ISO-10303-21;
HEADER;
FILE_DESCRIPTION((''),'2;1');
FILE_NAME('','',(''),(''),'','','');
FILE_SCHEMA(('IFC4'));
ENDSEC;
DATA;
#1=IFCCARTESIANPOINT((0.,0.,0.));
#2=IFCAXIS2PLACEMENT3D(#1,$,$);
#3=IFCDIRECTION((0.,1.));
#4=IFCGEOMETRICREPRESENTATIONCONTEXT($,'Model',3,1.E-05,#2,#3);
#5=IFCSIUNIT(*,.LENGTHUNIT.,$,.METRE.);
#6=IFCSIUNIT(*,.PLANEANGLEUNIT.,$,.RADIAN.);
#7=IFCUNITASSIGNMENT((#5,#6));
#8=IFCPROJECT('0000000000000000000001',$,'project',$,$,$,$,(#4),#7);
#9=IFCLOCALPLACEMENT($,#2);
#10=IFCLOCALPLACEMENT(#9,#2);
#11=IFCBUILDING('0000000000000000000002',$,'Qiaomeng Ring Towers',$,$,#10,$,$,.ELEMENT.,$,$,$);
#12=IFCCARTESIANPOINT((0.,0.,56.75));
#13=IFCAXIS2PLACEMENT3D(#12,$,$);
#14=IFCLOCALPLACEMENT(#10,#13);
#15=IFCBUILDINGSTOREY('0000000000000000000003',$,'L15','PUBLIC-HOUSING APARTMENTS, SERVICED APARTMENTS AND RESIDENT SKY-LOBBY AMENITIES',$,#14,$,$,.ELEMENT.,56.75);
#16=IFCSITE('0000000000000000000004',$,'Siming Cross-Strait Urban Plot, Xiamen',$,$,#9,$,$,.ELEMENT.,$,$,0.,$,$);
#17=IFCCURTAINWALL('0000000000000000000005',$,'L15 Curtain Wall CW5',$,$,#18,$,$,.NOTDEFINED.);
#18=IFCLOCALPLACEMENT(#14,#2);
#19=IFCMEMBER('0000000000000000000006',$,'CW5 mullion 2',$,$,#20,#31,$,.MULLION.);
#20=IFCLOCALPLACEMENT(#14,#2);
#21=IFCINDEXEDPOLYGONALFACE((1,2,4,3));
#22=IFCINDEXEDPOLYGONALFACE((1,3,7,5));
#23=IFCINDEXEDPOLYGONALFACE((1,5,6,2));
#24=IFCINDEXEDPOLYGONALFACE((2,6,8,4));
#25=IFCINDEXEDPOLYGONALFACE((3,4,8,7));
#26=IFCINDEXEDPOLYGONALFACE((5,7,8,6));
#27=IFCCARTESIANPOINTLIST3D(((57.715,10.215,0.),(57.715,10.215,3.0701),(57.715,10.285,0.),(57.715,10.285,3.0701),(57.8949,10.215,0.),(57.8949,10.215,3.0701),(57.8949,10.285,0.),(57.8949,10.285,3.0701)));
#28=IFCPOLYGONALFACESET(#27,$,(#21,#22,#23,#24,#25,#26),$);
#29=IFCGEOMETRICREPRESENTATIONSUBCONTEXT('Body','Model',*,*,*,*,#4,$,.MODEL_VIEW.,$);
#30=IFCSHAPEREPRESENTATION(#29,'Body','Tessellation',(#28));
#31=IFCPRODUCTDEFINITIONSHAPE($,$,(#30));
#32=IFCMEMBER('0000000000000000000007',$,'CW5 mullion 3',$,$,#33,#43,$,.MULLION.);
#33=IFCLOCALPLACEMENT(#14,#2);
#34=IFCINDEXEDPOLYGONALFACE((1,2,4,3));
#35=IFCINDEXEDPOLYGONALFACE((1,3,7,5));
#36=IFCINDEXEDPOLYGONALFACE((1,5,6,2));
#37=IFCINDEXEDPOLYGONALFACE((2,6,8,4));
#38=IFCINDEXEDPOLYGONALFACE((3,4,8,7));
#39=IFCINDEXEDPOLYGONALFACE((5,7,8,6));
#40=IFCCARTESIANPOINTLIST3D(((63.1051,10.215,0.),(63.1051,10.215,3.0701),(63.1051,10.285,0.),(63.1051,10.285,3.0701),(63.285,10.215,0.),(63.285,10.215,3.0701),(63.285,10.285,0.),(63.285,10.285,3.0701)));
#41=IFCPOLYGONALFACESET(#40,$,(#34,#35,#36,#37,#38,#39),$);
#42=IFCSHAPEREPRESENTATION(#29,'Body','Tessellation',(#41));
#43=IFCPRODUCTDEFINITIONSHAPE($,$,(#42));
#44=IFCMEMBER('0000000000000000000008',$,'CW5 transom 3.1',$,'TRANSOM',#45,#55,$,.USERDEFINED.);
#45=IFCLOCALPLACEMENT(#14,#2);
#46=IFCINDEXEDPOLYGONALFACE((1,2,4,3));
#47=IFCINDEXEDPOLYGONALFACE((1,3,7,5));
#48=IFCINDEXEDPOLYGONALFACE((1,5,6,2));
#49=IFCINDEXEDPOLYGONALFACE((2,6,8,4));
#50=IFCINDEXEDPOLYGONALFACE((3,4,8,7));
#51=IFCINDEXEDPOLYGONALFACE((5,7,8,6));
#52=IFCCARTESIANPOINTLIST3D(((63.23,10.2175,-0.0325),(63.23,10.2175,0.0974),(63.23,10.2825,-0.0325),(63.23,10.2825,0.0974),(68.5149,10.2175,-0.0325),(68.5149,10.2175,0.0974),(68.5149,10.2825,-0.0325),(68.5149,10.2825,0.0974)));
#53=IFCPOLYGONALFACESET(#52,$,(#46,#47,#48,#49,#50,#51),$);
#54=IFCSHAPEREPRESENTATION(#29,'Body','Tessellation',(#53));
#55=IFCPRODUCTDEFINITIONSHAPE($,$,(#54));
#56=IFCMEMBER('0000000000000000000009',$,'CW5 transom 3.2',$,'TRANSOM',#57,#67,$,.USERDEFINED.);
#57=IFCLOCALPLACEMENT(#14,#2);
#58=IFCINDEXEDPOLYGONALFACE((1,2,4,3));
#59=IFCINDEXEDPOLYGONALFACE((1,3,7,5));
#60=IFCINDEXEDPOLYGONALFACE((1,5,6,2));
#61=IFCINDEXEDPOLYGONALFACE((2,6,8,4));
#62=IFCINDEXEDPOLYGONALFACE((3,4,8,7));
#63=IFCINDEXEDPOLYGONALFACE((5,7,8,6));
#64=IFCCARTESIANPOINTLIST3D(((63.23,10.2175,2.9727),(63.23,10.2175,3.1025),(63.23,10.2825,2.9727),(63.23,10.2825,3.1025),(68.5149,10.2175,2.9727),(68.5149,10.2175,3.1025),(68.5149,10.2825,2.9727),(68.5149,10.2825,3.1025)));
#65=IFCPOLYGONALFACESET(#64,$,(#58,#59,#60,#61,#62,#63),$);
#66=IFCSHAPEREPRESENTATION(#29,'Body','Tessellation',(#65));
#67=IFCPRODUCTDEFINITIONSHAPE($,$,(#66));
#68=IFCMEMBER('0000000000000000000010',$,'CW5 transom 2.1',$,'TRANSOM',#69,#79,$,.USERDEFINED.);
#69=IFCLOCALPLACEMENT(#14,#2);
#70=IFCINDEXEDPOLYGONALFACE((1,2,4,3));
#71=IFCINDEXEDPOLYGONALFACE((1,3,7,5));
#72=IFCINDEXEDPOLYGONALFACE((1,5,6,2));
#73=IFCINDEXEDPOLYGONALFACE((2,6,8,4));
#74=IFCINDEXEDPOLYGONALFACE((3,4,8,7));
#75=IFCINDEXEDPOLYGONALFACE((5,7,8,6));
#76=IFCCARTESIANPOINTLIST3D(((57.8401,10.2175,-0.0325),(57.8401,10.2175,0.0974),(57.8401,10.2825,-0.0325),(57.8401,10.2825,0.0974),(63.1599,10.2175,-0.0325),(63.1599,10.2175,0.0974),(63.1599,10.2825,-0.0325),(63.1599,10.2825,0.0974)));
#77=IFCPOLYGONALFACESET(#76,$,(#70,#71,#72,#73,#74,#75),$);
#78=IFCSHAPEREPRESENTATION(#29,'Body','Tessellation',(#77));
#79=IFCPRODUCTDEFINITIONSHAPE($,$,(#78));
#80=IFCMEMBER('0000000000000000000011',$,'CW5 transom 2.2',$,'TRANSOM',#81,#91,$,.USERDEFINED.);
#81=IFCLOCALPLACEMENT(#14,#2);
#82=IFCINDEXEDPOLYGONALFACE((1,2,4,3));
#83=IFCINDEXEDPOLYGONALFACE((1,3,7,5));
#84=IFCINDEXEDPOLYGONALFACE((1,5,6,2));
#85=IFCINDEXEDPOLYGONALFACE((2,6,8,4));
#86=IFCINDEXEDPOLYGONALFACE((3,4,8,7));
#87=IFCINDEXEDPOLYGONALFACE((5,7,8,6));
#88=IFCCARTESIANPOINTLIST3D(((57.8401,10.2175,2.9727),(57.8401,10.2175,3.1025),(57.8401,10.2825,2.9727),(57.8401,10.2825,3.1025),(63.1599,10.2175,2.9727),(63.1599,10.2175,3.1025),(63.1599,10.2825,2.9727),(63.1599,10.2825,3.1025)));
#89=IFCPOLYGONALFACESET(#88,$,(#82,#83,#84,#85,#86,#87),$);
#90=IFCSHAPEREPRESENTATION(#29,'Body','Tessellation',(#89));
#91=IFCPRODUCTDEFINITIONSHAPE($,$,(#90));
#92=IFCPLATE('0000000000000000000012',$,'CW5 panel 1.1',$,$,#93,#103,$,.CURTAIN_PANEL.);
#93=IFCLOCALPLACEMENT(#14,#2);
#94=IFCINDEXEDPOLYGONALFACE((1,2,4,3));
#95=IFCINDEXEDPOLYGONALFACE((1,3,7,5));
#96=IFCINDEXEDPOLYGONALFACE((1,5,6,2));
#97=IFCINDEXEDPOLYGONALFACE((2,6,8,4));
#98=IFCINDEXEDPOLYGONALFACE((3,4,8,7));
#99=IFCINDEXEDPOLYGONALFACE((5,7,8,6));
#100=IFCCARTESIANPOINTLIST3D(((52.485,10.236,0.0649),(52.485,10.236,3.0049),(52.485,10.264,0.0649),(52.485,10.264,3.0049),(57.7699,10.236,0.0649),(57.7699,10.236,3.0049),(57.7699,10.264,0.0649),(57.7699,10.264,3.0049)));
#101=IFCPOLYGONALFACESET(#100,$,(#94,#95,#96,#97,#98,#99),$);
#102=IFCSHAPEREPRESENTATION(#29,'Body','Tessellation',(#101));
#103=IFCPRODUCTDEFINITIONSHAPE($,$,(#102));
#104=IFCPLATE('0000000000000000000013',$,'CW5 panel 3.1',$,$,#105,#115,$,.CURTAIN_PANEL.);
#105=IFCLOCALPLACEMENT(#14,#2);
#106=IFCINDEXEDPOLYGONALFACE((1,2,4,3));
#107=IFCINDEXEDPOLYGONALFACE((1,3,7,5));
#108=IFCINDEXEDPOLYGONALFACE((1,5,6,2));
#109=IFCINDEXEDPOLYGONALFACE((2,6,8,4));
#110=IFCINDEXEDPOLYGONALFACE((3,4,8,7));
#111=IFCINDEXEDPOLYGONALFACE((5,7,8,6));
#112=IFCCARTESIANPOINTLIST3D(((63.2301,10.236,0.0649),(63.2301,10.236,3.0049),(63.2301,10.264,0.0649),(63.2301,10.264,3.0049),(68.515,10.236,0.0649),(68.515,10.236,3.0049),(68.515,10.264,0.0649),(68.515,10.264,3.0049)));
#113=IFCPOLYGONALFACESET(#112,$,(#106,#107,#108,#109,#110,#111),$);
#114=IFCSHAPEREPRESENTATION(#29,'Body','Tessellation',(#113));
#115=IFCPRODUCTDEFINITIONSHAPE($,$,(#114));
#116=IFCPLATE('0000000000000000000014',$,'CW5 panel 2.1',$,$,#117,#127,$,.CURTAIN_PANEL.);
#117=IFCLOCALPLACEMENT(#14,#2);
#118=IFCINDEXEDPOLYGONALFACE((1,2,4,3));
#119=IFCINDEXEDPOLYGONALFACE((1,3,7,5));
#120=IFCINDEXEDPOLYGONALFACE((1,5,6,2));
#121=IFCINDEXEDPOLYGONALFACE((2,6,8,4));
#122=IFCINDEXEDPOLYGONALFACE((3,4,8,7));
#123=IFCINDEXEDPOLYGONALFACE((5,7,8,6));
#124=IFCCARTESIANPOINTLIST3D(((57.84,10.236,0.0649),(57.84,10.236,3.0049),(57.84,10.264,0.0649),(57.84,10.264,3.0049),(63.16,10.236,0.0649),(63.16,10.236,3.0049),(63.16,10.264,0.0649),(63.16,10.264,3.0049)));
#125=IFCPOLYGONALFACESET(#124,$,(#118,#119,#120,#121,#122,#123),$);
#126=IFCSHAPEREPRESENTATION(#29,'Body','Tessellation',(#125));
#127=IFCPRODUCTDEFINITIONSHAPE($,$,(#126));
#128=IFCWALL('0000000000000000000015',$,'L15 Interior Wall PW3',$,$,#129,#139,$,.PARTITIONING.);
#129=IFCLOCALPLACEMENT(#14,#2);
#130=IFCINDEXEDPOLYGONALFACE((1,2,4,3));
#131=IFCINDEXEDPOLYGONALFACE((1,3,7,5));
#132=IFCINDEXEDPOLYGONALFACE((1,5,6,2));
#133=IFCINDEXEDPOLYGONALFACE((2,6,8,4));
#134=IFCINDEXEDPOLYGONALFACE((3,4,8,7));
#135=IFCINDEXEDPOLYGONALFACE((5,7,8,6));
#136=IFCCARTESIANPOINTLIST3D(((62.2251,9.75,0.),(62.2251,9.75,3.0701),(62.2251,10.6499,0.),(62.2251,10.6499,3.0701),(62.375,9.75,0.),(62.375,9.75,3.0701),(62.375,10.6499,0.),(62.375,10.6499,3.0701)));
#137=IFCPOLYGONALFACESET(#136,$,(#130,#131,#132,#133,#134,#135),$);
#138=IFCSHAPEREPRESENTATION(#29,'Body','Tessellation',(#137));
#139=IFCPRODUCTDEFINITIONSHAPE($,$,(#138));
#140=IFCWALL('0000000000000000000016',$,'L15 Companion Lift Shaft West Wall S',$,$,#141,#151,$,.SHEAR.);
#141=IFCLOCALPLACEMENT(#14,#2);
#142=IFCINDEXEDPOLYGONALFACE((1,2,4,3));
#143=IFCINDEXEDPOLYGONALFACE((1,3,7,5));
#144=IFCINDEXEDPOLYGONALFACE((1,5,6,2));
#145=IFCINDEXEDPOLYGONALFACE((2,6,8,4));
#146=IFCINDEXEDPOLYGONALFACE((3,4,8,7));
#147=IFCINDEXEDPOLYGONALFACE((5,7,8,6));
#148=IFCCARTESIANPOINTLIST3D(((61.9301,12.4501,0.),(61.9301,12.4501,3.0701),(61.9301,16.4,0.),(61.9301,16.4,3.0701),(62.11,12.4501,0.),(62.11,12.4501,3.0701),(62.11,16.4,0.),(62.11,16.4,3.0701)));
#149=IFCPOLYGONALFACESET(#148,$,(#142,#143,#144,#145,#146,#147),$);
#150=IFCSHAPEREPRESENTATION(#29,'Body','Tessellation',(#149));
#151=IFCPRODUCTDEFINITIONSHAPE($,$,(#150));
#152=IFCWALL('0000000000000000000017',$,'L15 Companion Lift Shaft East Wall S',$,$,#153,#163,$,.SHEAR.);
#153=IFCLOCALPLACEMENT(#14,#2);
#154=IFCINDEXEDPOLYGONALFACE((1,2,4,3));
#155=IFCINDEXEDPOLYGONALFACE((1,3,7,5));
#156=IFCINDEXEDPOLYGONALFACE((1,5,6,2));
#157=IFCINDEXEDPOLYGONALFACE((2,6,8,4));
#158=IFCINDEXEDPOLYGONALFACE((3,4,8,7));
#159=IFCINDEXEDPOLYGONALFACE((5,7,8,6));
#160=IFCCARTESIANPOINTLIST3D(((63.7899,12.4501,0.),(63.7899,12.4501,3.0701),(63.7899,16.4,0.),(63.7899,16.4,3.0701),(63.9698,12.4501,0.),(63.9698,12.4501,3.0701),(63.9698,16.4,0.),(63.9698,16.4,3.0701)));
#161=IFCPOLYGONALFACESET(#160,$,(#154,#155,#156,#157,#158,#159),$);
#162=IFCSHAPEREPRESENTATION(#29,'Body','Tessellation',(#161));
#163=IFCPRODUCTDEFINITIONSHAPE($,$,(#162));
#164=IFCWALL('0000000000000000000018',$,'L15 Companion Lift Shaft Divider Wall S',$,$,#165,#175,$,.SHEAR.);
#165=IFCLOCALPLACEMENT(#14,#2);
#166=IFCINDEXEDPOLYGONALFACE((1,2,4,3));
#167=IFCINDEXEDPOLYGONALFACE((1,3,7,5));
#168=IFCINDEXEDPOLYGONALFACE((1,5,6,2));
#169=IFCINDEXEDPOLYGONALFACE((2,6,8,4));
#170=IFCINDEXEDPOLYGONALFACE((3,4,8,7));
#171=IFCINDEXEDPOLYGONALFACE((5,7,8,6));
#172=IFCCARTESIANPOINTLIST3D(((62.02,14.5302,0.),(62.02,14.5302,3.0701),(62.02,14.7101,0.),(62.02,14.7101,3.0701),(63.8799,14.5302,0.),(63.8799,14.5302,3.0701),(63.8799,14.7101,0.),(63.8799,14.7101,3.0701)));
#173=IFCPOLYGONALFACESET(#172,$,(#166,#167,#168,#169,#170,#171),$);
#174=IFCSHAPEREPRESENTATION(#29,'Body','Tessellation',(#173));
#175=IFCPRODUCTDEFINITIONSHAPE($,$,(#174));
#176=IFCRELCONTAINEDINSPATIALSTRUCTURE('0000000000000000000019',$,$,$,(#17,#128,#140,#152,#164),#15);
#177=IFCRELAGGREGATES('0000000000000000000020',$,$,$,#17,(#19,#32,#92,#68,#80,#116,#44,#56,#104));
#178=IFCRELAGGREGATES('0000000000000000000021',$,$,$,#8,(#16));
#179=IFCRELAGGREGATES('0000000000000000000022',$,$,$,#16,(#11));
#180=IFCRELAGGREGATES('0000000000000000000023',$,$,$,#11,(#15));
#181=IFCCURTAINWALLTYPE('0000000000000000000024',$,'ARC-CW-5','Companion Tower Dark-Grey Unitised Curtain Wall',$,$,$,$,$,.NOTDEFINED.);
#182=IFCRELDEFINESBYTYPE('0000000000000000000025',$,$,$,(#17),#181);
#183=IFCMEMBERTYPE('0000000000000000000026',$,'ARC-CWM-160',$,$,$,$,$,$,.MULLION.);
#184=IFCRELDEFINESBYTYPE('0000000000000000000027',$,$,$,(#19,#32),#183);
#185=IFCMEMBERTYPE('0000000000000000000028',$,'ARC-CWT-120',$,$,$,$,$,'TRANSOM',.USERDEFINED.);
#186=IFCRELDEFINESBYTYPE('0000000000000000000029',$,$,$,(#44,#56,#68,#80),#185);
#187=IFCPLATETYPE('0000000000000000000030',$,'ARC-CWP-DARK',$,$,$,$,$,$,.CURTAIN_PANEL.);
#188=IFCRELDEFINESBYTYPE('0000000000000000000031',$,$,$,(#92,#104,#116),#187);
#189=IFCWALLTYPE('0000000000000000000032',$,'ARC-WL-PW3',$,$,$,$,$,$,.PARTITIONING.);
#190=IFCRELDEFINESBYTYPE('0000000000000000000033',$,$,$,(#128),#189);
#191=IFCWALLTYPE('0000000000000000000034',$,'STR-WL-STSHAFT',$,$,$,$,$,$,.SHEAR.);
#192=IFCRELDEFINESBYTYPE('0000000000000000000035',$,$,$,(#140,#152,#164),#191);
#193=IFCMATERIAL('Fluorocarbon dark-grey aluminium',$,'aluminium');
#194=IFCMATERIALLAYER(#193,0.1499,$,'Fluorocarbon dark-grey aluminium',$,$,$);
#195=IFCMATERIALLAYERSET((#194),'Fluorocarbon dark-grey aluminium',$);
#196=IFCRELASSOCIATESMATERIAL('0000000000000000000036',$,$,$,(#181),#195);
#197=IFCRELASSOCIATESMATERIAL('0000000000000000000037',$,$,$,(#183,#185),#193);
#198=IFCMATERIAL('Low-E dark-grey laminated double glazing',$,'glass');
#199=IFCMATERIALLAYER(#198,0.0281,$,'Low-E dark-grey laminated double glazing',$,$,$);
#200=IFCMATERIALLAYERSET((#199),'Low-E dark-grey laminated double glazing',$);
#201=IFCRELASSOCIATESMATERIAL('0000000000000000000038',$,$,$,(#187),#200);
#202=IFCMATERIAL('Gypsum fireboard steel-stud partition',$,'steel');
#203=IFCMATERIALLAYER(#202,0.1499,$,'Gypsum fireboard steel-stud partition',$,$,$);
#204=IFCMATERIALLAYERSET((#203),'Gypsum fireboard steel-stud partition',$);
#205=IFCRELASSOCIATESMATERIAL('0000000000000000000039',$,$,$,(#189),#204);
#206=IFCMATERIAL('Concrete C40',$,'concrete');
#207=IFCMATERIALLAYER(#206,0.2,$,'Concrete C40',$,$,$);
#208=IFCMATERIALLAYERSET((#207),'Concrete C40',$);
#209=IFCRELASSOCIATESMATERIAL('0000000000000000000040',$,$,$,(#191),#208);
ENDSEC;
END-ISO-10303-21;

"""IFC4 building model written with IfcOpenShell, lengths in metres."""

from ifc_helpers import new_model, si_unit, direction, frame, frame_2d, origin, origin_2d, place, context, subcontext, project, spatial, rectangle, extrude, source, transform, mapped, material, layer, layer_set, material_profile, profile_set, type_object, element, aggregate, save


model = new_model("IFC4")

# Units and contexts
model_context = context("Model", 3, precision=1e-05, world=origin(), true_north=direction((0.0, 1.0)))
body_context = subcontext(model_context, "Body", "Model", "MODEL_VIEW")
ifc_project = project(units=[si_unit("LENGTHUNIT", "METRE"), si_unit("PLANEANGLEUNIT", "RADIAN")], contexts=[model_context])

# Site, building, storey
site_placement = place(None, origin())
site = spatial("IfcSite", under=ifc_project, at=site_placement, Name="Siming Cross-Strait Urban Plot, Xiamen", CompositionType="ELEMENT", RefElevation=0.0)
building_placement = place(site_placement, origin())
building = spatial("IfcBuilding", under=site, at=building_placement, Name="Qiaomeng Ring Towers", CompositionType="ELEMENT")
storey_placement = place(building_placement, frame((0.0, 0.0, 56.75)))
storey = spatial("IfcBuildingStorey", under=building, at=storey_placement, Name="L15", Description="PUBLIC-HOUSING APARTMENTS, SERVICED APARTMENTS AND RESIDENT SKY-LOBBY AMENITIES", CompositionType="ELEMENT", Elevation=56.75)

# Curtain wall, members, plates
ifc_material_1 = material(Name="Fluorocarbon dark-grey aluminium", Category="aluminium")
ifc_layer_1 = layer(ifc_material_1, 0.1499, Name="Fluorocarbon dark-grey aluminium")
ifc_layer_set_1 = layer_set([ifc_layer_1], Name="Fluorocarbon dark-grey aluminium")
curtain_wall_type = type_object("IfcCurtainWallType", Name="ARC-CW-5", Description="Companion Tower Dark-Grey Unitised Curtain Wall", PredefinedType="NOTDEFINED", material=ifc_layer_set_1)
curtain_wall_placement = place(storey_placement, origin())
curtain_wall = element("IfcCurtainWall", 1, at=curtain_wall_placement, inside=storey, type_object=curtain_wall_type, Name="L15 Curtain Wall CW5", PredefinedType="NOTDEFINED")
ifc_material_profile_1 = material_profile(ifc_material_1, rectangle(XDim=0.0701, YDim=0.1799, at=origin_2d()), Name="ALU MULL 70x180")
ifc_profile_set_1 = profile_set([ifc_material_profile_1], Name="Fluorocarbon dark-grey aluminium")
member_type_1 = type_object("IfcMemberType", Name="ARC-CWM-160", PredefinedType="MULLION", material=ifc_profile_set_1)
shared_shape_1 = source(origin(), body_context, "Body", "SweptSolid", [
    extrude(rectangle(XDim=0.0701, YDim=0.1799, at=origin_2d()), origin(), (0.0, 0.0, 1.0), 3.0701),
])
member_1_placement = place(storey_placement, frame((57.8049, 10.25, 0.0), z_axis=(0.0, 0.0, 1.0), x_axis=(0.0, 1.0, 0.0)))
member_1 = element("IfcMember", 2, at=member_1_placement, type_object=member_type_1, Name="CW5 mullion 2", PredefinedType="MULLION", context=body_context, shape_type="MappedRepresentation", body=[
    mapped(shared_shape_1, transform((0.0, 0.0, 0.0), x_axis=(1.0, 0.0, 0.0), y_axis=(0.0, 1.0, 0.0), z_axis=(0.0, 0.0, 1.0), scale=1.0)),
])
member_2_placement = place(storey_placement, frame((63.1951, 10.25, 0.0), z_axis=(0.0, 0.0, 1.0), x_axis=(0.0, 1.0, 0.0)))
member_2 = element("IfcMember", 3, at=member_2_placement, type_object=member_type_1, Name="CW5 mullion 3", PredefinedType="MULLION", context=body_context, shape_type="MappedRepresentation", body=[
    mapped(shared_shape_1, transform((0.0, 0.0, 0.0), x_axis=(1.0, 0.0, 0.0), y_axis=(0.0, 1.0, 0.0), z_axis=(0.0, 0.0, 1.0), scale=1.0)),
])
ifc_material_profile_2 = material_profile(ifc_material_1, rectangle(XDim=0.0649, YDim=0.1299, at=origin_2d()), Name="ALU TRAN 65x130")
ifc_profile_set_2 = profile_set([ifc_material_profile_2], Name="Fluorocarbon dark-grey aluminium")
member_type_2 = type_object("IfcMemberType", Name="ARC-CWT-120", ElementType="TRANSOM", PredefinedType="USERDEFINED", material=ifc_profile_set_2)
shared_shape_2 = source(origin(), body_context, "Body", "SweptSolid", [
    extrude(rectangle(XDim=0.0649, YDim=0.1299, at=origin_2d()), origin(), (0.0, 0.0, 1.0), 5.2849),
])
member_3_placement = place(storey_placement, frame((63.23, 10.25, 0.0325), z_axis=(1.0, 0.0, 0.0), x_axis=(0.0, 1.0, 0.0)))
member_3 = element("IfcMember", 4, at=member_3_placement, type_object=member_type_2, Name="CW5 transom 3.1", ObjectType="TRANSOM", PredefinedType="USERDEFINED", context=body_context, shape_type="MappedRepresentation", body=[
    mapped(shared_shape_2, transform((0.0, 0.0, 0.0), x_axis=(1.0, 0.0, 0.0), y_axis=(0.0, 1.0, 0.0), z_axis=(0.0, 0.0, 1.0), scale=1.0)),
])
member_4_placement = place(storey_placement, frame((63.23, 10.25, 3.0376), z_axis=(1.0, 0.0, 0.0), x_axis=(0.0, 1.0, 0.0)))
member_4 = element("IfcMember", 5, at=member_4_placement, type_object=member_type_2, Name="CW5 transom 3.2", ObjectType="TRANSOM", PredefinedType="USERDEFINED", context=body_context, shape_type="MappedRepresentation", body=[
    mapped(shared_shape_2, transform((0.0, 0.0, 0.0), x_axis=(1.0, 0.0, 0.0), y_axis=(0.0, 1.0, 0.0), z_axis=(0.0, 0.0, 1.0), scale=1.0)),
])
shared_shape_3 = source(origin(), body_context, "Body", "SweptSolid", [
    extrude(rectangle(XDim=0.0649, YDim=0.1299, at=origin_2d()), origin(), (0.0, 0.0, 1.0), 5.3198),
])
member_5_placement = place(storey_placement, frame((57.8401, 10.25, 0.0325), z_axis=(1.0, 0.0, 0.0), x_axis=(0.0, 1.0, 0.0)))
member_5 = element("IfcMember", 6, at=member_5_placement, type_object=member_type_2, Name="CW5 transom 2.1", ObjectType="TRANSOM", PredefinedType="USERDEFINED", context=body_context, shape_type="MappedRepresentation", body=[
    mapped(shared_shape_3, transform((0.0, 0.0, 0.0), x_axis=(1.0, 0.0, 0.0), y_axis=(0.0, 1.0, 0.0), z_axis=(0.0, 0.0, 1.0), scale=1.0)),
])
member_6_placement = place(storey_placement, frame((57.8401, 10.25, 3.0376), z_axis=(1.0, 0.0, 0.0), x_axis=(0.0, 1.0, 0.0)))
member_6 = element("IfcMember", 7, at=member_6_placement, type_object=member_type_2, Name="CW5 transom 2.2", ObjectType="TRANSOM", PredefinedType="USERDEFINED", context=body_context, shape_type="MappedRepresentation", body=[
    mapped(shared_shape_3, transform((0.0, 0.0, 0.0), x_axis=(1.0, 0.0, 0.0), y_axis=(0.0, 1.0, 0.0), z_axis=(0.0, 0.0, 1.0), scale=1.0)),
])
ifc_material_2 = material(Name="Low-E dark-grey laminated double glazing", Category="glass")
ifc_layer_2 = layer(ifc_material_2, 0.0281, Name="Low-E dark-grey laminated double glazing")
ifc_layer_set_2 = layer_set([ifc_layer_2], Name="Low-E dark-grey laminated double glazing")
plate_type = type_object("IfcPlateType", Name="ARC-CWP-DARK", PredefinedType="CURTAIN_PANEL", material=ifc_layer_set_2)
shared_shape_4 = source(origin(), body_context, "Body", "SweptSolid", [
    extrude(rectangle(XDim=5.2849, YDim=0.0281, at=origin_2d()), origin(), (0.0, 0.0, 1.0), 2.9399),
])
plate_1_placement = place(storey_placement, frame((55.1274, 10.25, 0.0649), z_axis=(0.0, 0.0, 1.0), x_axis=(1.0, 0.0, 0.0)))
plate_1 = element("IfcPlate", 8, at=plate_1_placement, type_object=plate_type, Name="CW5 panel 1.1", PredefinedType="CURTAIN_PANEL", context=body_context, shape_type="MappedRepresentation", body=[
    mapped(shared_shape_4, transform((0.0, 0.0, 0.0), x_axis=(1.0, 0.0, 0.0), y_axis=(0.0, 1.0, 0.0), z_axis=(0.0, 0.0, 1.0), scale=1.0)),
])
plate_2_placement = place(storey_placement, frame((65.8726, 10.25, 0.0649), z_axis=(0.0, 0.0, 1.0), x_axis=(1.0, 0.0, 0.0)))
plate_2 = element("IfcPlate", 9, at=plate_2_placement, type_object=plate_type, Name="CW5 panel 3.1", PredefinedType="CURTAIN_PANEL", context=body_context, shape_type="MappedRepresentation", body=[
    mapped(shared_shape_4, transform((0.0, 0.0, 0.0), x_axis=(1.0, 0.0, 0.0), y_axis=(0.0, 1.0, 0.0), z_axis=(0.0, 0.0, 1.0), scale=1.0)),
])
shared_shape_5 = source(origin(), body_context, "Body", "SweptSolid", [
    extrude(rectangle(XDim=5.3201, YDim=0.0281, at=origin_2d()), origin(), (0.0, 0.0, 1.0), 2.9399),
])
plate_3_placement = place(storey_placement, frame((60.5, 10.25, 0.0649), z_axis=(0.0, 0.0, 1.0), x_axis=(1.0, 0.0, 0.0)))
plate_3 = element("IfcPlate", 10, at=plate_3_placement, type_object=plate_type, Name="CW5 panel 2.1", PredefinedType="CURTAIN_PANEL", context=body_context, shape_type="MappedRepresentation", body=[
    mapped(shared_shape_5, transform((0.0, 0.0, 0.0), x_axis=(1.0, 0.0, 0.0), y_axis=(0.0, 1.0, 0.0), z_axis=(0.0, 0.0, 1.0), scale=1.0)),
])
aggregate(curtain_wall, [member_1, member_2, plate_1, member_5, member_6, plate_3, member_3, member_4, plate_2])

# Walls
ifc_material_3 = material(Name="Gypsum fireboard steel-stud partition", Category="steel")
ifc_layer_3 = layer(ifc_material_3, 0.1499, Name="Gypsum fireboard steel-stud partition")
ifc_layer_set_3 = layer_set([ifc_layer_3], Name="Gypsum fireboard steel-stud partition")
wall_type_1 = type_object("IfcWallType", Name="ARC-WL-PW3", PredefinedType="PARTITIONING", material=ifc_layer_set_3)
wall_1_placement = place(storey_placement, frame((62.3, 9.75, 0.0), z_axis=(0.0, 0.0, 1.0), x_axis=(0.0, 1.0, 0.0)))
element("IfcWall", 11, at=wall_1_placement, inside=storey, type_object=wall_type_1, Name="L15 Interior Wall PW3", PredefinedType="PARTITIONING", context=body_context, shape_type="SweptSolid", body=[
    extrude(rectangle(XDim=0.8999, YDim=0.1499, at=frame_2d((0.45, 0.0))), origin(), (0.0, 0.0, 1.0), 3.0701),
])
ifc_material_4 = material(Name="Concrete C40", Category="concrete")
ifc_layer_4 = layer(ifc_material_4, 0.2, Name="Concrete C40")
ifc_layer_set_4 = layer_set([ifc_layer_4], Name="Concrete C40")
wall_type_2 = type_object("IfcWallType", Name="STR-WL-STSHAFT", PredefinedType="SHEAR", material=ifc_layer_set_4)
for number, where, z_axis, x_axis, name in (
    (12, (62.02, 12.45, 0.0), (0.0, 0.0, 1.0), (0.0, 1.0, 0.0), "L15 Companion Lift Shaft West Wall S"),
    (13, (63.8799, 12.45, 0.0), (0.0, 0.0, 1.0), (0.0, 1.0, 0.0), "L15 Companion Lift Shaft East Wall S"),
):
    element("IfcWall", number, at=place(storey_placement, frame(where, z_axis=z_axis, x_axis=x_axis)), inside=storey, type_object=wall_type_2, Name=name, PredefinedType="SHEAR", context=body_context, shape_type="SweptSolid", body=[
        extrude(rectangle(XDim=3.95, YDim=0.1799, at=frame_2d((1.9751, 0.0))), origin(), (0.0, 0.0, 1.0), 3.0701),
    ])
for number, where, z_axis, x_axis, name in (
    (14, (62.02, 14.6201, 0.0), (0.0, 0.0, 1.0), (1.0, 0.0, 0.0), "L15 Companion Lift Shaft Divider Wall S"),
):
    element("IfcWall", number, at=place(storey_placement, frame(where, z_axis=z_axis, x_axis=x_axis)), inside=storey, type_object=wall_type_2, Name=name, PredefinedType="SHEAR", context=body_context, shape_type="SweptSolid", body=[
        extrude(rectangle(XDim=1.8599, YDim=0.1799, at=frame_2d((0.9299, 0.0))), origin(), (0.0, 0.0, 1.0), 3.0701),
    ])

save(model, "model.ifc")
